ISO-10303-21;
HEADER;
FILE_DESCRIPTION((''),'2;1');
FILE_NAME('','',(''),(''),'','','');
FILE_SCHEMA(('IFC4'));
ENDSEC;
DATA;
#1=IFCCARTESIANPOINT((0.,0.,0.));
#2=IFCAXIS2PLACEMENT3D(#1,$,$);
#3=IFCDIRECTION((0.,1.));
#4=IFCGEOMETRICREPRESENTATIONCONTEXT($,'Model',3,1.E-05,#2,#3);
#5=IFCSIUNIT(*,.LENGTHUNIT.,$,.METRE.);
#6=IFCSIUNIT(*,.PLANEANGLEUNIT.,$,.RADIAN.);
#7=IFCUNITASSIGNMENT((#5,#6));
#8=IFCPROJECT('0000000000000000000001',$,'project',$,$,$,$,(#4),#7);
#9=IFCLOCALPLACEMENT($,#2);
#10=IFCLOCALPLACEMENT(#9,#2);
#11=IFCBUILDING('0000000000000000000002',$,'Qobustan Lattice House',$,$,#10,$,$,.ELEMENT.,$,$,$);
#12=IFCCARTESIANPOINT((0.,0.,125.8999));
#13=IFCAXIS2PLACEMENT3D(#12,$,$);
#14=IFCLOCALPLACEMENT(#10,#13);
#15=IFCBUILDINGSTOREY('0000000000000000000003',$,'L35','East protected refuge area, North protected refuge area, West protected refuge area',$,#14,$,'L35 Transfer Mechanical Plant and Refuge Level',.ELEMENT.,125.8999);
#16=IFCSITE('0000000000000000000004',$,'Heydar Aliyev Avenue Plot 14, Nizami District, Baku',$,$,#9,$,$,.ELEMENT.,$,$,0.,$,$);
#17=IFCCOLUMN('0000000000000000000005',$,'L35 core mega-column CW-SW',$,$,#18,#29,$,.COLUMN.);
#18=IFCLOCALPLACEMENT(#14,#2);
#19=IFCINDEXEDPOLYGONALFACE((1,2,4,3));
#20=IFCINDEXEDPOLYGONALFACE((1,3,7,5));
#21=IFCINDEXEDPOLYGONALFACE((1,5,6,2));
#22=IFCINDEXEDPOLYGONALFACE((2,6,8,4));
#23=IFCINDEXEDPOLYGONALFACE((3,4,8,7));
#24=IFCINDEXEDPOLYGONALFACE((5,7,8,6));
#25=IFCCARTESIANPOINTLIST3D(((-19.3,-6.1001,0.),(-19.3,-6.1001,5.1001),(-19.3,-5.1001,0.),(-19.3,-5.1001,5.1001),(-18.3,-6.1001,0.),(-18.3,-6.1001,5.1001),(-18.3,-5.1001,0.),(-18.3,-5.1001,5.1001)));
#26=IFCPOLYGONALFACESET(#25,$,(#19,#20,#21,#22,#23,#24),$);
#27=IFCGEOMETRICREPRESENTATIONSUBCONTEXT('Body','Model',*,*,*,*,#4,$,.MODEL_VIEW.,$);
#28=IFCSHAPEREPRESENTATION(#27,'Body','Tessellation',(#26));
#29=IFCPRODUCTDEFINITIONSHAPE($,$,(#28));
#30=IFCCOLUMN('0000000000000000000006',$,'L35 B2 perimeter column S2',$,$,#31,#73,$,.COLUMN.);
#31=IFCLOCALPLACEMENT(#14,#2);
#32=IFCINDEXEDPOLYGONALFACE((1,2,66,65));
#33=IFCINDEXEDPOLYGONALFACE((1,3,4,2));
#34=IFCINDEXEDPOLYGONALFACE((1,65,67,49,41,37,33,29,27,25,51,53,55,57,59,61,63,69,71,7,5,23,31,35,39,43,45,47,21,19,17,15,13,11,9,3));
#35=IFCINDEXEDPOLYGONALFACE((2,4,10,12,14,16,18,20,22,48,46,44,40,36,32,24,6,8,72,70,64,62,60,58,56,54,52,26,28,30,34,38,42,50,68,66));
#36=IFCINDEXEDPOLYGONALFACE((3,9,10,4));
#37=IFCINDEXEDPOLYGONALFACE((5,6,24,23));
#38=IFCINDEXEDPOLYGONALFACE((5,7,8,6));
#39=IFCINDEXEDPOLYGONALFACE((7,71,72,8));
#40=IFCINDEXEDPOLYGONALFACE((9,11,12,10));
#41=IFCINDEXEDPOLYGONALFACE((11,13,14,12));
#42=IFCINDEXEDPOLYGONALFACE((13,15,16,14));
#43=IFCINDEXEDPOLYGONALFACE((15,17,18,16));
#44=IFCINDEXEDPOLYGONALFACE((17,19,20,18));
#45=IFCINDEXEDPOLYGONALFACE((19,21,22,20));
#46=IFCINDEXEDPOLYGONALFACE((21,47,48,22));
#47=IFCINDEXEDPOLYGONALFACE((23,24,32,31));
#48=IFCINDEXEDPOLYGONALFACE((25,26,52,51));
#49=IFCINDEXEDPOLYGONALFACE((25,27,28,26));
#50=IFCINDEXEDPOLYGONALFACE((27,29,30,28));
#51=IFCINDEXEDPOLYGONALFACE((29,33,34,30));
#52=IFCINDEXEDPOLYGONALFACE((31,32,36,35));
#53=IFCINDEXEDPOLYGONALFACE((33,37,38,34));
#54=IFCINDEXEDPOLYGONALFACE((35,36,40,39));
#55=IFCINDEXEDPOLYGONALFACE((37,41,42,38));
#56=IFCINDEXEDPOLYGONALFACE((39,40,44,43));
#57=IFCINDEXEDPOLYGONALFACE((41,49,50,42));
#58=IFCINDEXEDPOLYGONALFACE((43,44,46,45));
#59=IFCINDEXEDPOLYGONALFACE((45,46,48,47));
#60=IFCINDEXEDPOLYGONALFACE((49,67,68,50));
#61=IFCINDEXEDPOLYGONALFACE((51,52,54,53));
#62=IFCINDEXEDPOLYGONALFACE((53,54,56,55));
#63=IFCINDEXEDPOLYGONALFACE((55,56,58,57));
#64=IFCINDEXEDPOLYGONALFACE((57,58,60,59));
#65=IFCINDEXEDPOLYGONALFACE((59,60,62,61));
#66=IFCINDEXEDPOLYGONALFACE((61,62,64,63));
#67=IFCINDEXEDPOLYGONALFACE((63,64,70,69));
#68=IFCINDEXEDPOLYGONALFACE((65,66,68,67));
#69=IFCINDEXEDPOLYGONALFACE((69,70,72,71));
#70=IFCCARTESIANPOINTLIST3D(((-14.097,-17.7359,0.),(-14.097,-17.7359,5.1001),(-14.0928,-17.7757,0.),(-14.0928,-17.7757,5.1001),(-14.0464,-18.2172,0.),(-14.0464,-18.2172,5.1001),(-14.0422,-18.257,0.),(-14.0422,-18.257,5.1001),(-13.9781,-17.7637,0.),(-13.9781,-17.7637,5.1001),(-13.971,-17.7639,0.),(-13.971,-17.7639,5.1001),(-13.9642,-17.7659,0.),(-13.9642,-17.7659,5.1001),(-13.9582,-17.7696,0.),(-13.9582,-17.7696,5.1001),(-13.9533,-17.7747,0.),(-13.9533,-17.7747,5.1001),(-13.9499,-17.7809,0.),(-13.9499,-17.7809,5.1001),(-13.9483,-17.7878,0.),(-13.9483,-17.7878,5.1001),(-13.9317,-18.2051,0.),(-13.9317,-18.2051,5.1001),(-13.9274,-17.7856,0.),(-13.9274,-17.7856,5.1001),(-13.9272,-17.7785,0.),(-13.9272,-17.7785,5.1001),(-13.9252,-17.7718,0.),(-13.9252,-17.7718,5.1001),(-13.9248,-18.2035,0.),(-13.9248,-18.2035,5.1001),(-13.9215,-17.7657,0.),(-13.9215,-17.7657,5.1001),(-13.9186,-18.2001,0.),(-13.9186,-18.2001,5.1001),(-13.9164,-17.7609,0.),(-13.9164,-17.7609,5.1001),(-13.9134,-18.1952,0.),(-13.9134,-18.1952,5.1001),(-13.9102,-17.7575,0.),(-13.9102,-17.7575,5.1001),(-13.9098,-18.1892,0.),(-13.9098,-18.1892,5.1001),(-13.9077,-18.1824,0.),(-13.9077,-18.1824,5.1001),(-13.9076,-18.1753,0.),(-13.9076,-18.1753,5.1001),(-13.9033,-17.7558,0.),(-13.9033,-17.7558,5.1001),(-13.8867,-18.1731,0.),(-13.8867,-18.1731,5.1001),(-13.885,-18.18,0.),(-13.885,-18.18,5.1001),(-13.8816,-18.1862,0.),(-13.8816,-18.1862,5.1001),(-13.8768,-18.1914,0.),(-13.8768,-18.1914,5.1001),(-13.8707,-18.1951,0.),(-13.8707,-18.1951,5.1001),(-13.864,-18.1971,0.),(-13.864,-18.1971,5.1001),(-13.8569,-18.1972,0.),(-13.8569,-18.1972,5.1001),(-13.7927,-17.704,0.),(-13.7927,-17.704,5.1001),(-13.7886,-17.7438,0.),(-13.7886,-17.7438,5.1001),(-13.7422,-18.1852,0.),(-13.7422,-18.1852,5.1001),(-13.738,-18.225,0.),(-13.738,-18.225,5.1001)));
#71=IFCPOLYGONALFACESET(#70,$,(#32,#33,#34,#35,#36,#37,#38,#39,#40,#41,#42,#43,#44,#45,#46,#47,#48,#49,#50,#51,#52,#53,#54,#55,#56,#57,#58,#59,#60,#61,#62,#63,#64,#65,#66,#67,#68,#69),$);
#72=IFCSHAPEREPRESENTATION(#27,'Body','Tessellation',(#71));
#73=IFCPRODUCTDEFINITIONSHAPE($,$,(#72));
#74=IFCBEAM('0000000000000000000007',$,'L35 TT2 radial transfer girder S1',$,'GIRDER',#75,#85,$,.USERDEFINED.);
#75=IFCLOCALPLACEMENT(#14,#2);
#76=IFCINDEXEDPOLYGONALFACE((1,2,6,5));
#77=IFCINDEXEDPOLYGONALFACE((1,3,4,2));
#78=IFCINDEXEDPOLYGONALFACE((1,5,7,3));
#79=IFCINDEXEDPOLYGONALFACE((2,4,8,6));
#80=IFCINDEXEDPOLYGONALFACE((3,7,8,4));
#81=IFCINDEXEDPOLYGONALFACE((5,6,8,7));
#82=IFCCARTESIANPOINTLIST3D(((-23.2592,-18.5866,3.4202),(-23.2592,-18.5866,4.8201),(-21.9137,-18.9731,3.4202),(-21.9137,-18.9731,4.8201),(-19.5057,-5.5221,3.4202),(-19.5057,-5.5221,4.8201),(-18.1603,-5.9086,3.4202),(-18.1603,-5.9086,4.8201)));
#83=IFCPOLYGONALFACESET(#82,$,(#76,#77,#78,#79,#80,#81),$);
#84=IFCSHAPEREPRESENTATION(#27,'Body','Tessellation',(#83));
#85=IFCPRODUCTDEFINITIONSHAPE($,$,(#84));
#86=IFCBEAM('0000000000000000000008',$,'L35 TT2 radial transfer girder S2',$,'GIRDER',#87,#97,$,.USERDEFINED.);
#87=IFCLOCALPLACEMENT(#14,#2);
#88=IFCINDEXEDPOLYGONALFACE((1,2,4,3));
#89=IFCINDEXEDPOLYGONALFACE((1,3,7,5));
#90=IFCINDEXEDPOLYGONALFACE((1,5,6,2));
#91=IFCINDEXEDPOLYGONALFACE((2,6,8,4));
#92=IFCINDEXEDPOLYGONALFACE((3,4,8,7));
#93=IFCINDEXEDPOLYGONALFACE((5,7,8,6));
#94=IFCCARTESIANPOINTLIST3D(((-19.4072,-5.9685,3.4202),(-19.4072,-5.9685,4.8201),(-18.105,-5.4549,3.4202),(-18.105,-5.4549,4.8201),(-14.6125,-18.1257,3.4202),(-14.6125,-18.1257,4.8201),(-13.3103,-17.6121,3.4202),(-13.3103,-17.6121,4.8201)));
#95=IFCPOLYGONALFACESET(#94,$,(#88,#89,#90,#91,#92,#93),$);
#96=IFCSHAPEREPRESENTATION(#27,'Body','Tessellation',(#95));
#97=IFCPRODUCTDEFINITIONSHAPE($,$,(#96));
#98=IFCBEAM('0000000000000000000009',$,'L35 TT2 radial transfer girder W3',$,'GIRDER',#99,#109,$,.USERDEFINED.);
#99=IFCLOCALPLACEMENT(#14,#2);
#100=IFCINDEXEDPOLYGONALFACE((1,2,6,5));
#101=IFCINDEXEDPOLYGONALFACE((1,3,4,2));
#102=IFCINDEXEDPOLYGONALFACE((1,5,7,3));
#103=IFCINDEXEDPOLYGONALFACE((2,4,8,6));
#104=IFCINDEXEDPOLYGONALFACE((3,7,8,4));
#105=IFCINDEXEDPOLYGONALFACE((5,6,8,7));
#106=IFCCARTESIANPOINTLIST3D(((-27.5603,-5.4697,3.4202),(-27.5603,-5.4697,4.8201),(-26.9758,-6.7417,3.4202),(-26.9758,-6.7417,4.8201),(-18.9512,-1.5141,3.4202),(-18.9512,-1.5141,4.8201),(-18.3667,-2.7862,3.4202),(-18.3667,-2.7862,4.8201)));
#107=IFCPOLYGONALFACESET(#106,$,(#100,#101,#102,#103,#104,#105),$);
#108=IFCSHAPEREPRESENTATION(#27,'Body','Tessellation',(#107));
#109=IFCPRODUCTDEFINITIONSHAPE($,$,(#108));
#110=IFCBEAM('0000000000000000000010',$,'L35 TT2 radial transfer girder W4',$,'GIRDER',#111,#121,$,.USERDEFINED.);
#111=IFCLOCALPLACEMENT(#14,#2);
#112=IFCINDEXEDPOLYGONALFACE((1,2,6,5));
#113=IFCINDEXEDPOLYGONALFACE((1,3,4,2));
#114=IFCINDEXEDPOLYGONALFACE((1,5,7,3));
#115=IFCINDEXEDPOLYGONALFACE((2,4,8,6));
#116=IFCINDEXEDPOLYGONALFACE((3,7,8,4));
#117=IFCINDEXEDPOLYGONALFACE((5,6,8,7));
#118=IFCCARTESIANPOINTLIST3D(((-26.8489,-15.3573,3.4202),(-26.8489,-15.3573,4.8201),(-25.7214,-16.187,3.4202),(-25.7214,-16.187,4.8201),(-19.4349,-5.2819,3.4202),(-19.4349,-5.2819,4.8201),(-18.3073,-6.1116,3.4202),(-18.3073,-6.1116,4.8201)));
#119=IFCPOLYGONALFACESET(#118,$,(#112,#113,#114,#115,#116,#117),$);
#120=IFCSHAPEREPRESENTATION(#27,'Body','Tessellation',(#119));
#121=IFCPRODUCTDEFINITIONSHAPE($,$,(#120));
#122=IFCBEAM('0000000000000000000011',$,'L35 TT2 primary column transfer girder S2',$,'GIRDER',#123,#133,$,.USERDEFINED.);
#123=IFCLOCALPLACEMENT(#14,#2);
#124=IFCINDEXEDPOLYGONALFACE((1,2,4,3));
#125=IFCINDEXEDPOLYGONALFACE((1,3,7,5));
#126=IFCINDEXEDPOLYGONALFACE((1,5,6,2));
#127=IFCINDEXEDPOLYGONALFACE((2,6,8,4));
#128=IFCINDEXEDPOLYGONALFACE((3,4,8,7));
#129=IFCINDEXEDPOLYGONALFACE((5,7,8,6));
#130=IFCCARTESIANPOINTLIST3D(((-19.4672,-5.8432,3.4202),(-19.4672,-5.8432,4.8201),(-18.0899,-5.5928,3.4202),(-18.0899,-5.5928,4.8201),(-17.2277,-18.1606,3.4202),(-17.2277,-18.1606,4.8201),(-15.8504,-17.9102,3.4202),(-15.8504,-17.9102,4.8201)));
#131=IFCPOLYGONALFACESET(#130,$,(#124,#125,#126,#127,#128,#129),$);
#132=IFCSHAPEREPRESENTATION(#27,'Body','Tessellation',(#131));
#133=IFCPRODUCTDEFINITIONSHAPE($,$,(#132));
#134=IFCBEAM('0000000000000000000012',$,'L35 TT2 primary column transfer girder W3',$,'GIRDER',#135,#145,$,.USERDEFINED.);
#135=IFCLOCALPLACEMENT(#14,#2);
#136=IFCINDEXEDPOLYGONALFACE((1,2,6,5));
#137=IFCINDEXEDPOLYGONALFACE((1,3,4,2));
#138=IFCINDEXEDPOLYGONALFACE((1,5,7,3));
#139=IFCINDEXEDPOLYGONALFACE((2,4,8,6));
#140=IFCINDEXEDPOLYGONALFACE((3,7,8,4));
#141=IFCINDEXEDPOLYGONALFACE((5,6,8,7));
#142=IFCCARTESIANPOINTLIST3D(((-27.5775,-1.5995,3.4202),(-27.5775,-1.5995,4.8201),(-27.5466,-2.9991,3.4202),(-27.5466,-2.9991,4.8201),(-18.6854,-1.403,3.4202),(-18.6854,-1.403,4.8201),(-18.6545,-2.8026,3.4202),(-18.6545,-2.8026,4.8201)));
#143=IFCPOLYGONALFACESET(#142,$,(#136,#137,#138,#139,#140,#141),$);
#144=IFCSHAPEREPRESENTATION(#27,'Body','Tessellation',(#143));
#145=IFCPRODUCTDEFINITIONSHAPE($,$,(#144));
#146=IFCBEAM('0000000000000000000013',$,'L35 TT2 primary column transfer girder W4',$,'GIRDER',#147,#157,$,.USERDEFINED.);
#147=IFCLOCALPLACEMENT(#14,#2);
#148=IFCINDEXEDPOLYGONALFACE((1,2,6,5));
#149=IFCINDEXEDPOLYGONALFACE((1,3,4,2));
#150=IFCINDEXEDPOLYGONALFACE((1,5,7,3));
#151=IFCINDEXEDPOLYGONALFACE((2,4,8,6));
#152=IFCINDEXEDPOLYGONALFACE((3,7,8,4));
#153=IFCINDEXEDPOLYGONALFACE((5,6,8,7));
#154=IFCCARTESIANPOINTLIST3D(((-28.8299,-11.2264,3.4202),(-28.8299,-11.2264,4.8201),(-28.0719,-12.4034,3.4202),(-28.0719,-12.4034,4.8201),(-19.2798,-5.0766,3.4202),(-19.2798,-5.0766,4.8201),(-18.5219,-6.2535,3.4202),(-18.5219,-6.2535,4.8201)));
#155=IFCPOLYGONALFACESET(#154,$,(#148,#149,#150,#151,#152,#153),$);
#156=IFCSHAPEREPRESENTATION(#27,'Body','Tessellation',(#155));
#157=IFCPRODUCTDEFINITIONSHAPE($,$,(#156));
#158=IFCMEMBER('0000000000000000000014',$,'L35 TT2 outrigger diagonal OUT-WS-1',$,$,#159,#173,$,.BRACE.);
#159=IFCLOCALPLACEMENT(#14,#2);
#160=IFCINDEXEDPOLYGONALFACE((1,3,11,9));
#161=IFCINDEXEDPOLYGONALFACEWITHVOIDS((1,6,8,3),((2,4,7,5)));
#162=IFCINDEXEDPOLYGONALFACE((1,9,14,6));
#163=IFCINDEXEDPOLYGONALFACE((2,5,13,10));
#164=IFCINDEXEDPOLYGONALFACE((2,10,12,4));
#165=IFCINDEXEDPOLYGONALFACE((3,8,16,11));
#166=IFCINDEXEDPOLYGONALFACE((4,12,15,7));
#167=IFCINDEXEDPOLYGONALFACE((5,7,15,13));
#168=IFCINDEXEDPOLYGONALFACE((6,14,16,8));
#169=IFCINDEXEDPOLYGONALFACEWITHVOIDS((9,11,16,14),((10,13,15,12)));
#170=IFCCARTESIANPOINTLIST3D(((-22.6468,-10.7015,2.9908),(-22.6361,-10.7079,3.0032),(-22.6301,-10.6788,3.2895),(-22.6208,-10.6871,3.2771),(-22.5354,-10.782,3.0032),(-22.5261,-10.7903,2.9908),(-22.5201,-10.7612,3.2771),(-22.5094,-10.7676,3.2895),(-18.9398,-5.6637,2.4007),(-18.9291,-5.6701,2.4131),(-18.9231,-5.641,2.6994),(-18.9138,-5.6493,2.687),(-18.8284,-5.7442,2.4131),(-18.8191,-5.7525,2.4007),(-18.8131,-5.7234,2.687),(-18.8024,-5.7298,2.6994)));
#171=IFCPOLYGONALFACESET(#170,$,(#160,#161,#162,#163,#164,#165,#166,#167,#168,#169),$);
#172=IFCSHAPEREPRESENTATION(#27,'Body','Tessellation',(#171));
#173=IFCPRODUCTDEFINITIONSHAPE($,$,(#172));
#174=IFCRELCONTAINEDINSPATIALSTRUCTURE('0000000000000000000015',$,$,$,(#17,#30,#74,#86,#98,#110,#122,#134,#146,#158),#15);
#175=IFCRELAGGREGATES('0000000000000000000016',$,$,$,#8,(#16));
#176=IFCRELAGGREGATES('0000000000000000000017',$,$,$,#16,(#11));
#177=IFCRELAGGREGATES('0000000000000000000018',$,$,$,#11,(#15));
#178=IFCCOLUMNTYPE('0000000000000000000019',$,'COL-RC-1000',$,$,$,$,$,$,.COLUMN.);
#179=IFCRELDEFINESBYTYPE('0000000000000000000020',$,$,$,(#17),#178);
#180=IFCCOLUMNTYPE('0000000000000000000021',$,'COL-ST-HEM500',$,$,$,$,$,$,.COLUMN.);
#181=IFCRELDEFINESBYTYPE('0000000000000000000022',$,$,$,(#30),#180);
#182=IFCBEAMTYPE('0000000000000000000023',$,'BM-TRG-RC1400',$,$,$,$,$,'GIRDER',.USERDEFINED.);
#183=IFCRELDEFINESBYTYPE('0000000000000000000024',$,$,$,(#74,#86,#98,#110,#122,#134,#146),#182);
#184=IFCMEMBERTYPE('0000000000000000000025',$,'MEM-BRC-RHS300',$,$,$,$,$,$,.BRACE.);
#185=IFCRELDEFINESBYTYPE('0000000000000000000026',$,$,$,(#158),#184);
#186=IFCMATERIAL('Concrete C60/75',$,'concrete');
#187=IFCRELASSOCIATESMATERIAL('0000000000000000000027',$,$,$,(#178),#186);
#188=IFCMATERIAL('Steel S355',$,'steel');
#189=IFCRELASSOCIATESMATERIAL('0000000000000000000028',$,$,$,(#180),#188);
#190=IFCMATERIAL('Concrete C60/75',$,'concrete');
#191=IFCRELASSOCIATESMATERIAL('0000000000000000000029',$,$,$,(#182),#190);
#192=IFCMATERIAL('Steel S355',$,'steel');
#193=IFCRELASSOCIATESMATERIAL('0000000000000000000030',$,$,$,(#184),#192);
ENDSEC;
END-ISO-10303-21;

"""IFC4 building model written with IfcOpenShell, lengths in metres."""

from ifc_helpers import new_model, si_unit, direction, frame, origin, origin_2d, place, context, subcontext, project, spatial, rectangle, hollow_rectangle, i_section, extrude, material, material_profile, profile_set, type_object, element, save


model = new_model("IFC4")

# Units and contexts
model_context = context("Model", 3, precision=1e-05, world=origin(), true_north=direction((0.0, 1.0)))
body_context = subcontext(model_context, "Body", "Model", "MODEL_VIEW")
ifc_project = project(units=[si_unit("LENGTHUNIT", "METRE"), si_unit("PLANEANGLEUNIT", "RADIAN")], contexts=[model_context])

# Site, building, storey
site_placement = place(None, origin())
site = spatial("IfcSite", under=ifc_project, at=site_placement, Name="Heydar Aliyev Avenue Plot 14, Nizami District, Baku", CompositionType="ELEMENT", RefElevation=0.0)
building_placement = place(site_placement, origin())
building = spatial("IfcBuilding", under=site, at=building_placement, Name="Qobustan Lattice House", CompositionType="ELEMENT")
storey_placement = place(building_placement, frame((0.0, 0.0, 125.8999)))
storey = spatial("IfcBuildingStorey", under=building, at=storey_placement, Name="L35", Description="East protected refuge area, North protected refuge area, West protected refuge area", LongName="L35 Transfer Mechanical Plant and Refuge Level", CompositionType="ELEMENT", Elevation=125.8999)

# Columns
ifc_material_1 = material(Name="Concrete C60/75", Category="concrete")
ifc_material_profile_1 = material_profile(ifc_material_1, rectangle(XDim=1.0, YDim=1.0, at=origin_2d()), Name="RC1000x1000")
ifc_profile_set_1 = profile_set([ifc_material_profile_1], Name="Concrete C60/75")
column_type_1 = type_object("IfcColumnType", Name="COL-RC-1000", PredefinedType="COLUMN", material=ifc_profile_set_1)
column_1_placement = place(storey_placement, frame((-18.8, -5.6001, 0.0), z_axis=(0.0, 0.0, 1.0), x_axis=(1.0, 0.0, 0.0)))
element("IfcColumn", 1, at=column_1_placement, inside=storey, type_object=column_type_1, Name="L35 core mega-column CW-SW", PredefinedType="COLUMN", context=body_context, shape_type="SweptSolid", body=[
    extrude(rectangle(XDim=1.0, YDim=1.0, at=origin_2d()), origin(), (0.0, 0.0, 1.0), 5.1001),
])
ifc_material_2 = material(Name="Steel S355", Category="steel")
ifc_material_profile_2 = material_profile(ifc_material_2, i_section(OverallWidth=0.3059, OverallDepth=0.5239, WebThickness=0.021, FlangeThickness=0.04, FilletRadius=0.0271, at=origin_2d()), Name="HEM500")
ifc_profile_set_2 = profile_set([ifc_material_profile_2], Name="Steel S355")
column_type_2 = type_object("IfcColumnType", Name="COL-ST-HEM500", PredefinedType="COLUMN", material=ifc_profile_set_2)
column_2_placement = place(storey_placement, frame((-13.9175, -17.9805, 0.0), z_axis=(0.0, 0.0, 1.0), x_axis=(0.994522, 0.104528, 0.0)))
element("IfcColumn", 2, at=column_2_placement, inside=storey, type_object=column_type_2, Name="L35 B2 perimeter column S2", PredefinedType="COLUMN", context=body_context, shape_type="SweptSolid", body=[
    extrude(i_section(OverallWidth=0.3059, OverallDepth=0.5239, WebThickness=0.021, FlangeThickness=0.04, FilletRadius=0.0271, at=origin_2d()), origin(), (0.0, 0.0, 1.0), 5.1001),
])

# Beams
ifc_material_3 = material(Name="Concrete C60/75", Category="concrete")
ifc_material_profile_3 = material_profile(ifc_material_3, rectangle(XDim=1.3999, YDim=1.3999, at=origin_2d()), Name="RC1400x1400")
ifc_profile_set_3 = profile_set([ifc_material_profile_3], Name="Concrete C60/75")
beam_type = type_object("IfcBeamType", Name="BM-TRG-RC1400", ElementType="GIRDER", PredefinedType="USERDEFINED", material=ifc_profile_set_3)
beam_1_placement = place(storey_placement, frame((-18.833, -5.7153, 4.1201), z_axis=(-0.27613, -0.96112, 0.0), x_axis=(0.96112, -0.27613, 0.0)))
element("IfcBeam", 3, at=beam_1_placement, inside=storey, type_object=beam_type, Name="L35 TT2 radial transfer girder S1", ObjectType="GIRDER", PredefinedType="USERDEFINED", context=body_context, shape_type="SweptSolid", body=[
    extrude(rectangle(XDim=1.3999, YDim=1.3999, at=origin_2d()), origin(), (0.0, 0.0, 1.0), 13.593),
])
beam_2_placement = place(storey_placement, frame((-18.7561, -5.7117, 4.1201), z_axis=(0.366887, -0.930266, 0.0), x_axis=(0.930266, 0.366887, 0.0)))
element("IfcBeam", 4, at=beam_2_placement, inside=storey, type_object=beam_type, Name="L35 TT2 radial transfer girder S2", ObjectType="GIRDER", PredefinedType="USERDEFINED", context=body_context, shape_type="SweptSolid", body=[
    extrude(rectangle(XDim=1.3999, YDim=1.3999, at=origin_2d()), origin(), (0.0, 0.0, 1.0), 13.0686),
])
beam_3_placement = place(storey_placement, frame((-18.6589, -2.1501, 4.1201), z_axis=(-0.908676, -0.417502, 0.0), x_axis=(0.417502, -0.908676, 0.0)))
element("IfcBeam", 5, at=beam_3_placement, inside=storey, type_object=beam_type, Name="L35 TT2 radial transfer girder W3", ObjectType="GIRDER", PredefinedType="USERDEFINED", context=body_context, shape_type="SweptSolid", body=[
    extrude(rectangle(XDim=1.3999, YDim=1.3999, at=origin_2d()), origin(), (0.0, 0.0, 1.0), 9.4744),
])
beam_4_placement = place(storey_placement, frame((-18.8711, -5.6968, 4.1201), z_axis=(-0.592684, -0.805435, 0.0), x_axis=(0.805435, -0.592684, 0.0)))
element("IfcBeam", 6, at=beam_4_placement, inside=storey, type_object=beam_type, Name="L35 TT2 radial transfer girder W4", ObjectType="GIRDER", PredefinedType="USERDEFINED", context=body_context, shape_type="SweptSolid", body=[
    extrude(rectangle(XDim=1.3999, YDim=1.3999, at=origin_2d()), origin(), (0.0, 0.0, 1.0), 12.5093),
])
beam_5_placement = place(storey_placement, frame((-18.7786, -5.718, 4.1201), z_axis=(0.178884, -0.98387, 0.0), x_axis=(0.98387, 0.178884, 0.0)))
element("IfcBeam", 7, at=beam_5_placement, inside=storey, type_object=beam_type, Name="L35 TT2 primary column transfer girder S2", ObjectType="GIRDER", PredefinedType="USERDEFINED", context=body_context, shape_type="SweptSolid", body=[
    extrude(rectangle(XDim=1.3999, YDim=1.3999, at=origin_2d()), origin(), (0.0, 0.0, 1.0), 12.5193),
])
beam_6_placement = place(storey_placement, frame((-18.6699, -2.1028, 4.1201), z_axis=(-0.999756, -0.022097, 0.0), x_axis=(0.022097, -0.999756, 0.0)))
element("IfcBeam", 8, at=beam_6_placement, inside=storey, type_object=beam_type, Name="L35 TT2 primary column transfer girder W3", ObjectType="GIRDER", PredefinedType="USERDEFINED", context=body_context, shape_type="SweptSolid", body=[
    extrude(rectangle(XDim=1.3999, YDim=1.3999, at=origin_2d()), origin(), (0.0, 0.0, 1.0), 8.8943),
])
beam_7_placement = place(storey_placement, frame((-18.9009, -5.665, 4.1201), z_axis=(-0.840754, -0.541417, 0.0), x_axis=(0.541417, -0.840754, 0.0)))
element("IfcBeam", 9, at=beam_7_placement, inside=storey, type_object=beam_type, Name="L35 TT2 primary column transfer girder W4", ObjectType="GIRDER", PredefinedType="USERDEFINED", context=body_context, shape_type="SweptSolid", body=[
    extrude(rectangle(XDim=1.3999, YDim=1.3999, at=origin_2d()), origin(), (0.0, 0.0, 1.0), 11.3589),
])

# Member
ifc_material_4 = material(Name="Steel S355", Category="steel")
ifc_material_profile_4 = material_profile(ifc_material_4, hollow_rectangle(XDim=0.1499, YDim=0.3, WallThickness=0.0125, at=origin_2d()), Name="RHS300x150x12.5")
ifc_profile_set_4 = profile_set([ifc_material_profile_4], Name="Steel S355")
member_type_1 = type_object("IfcMemberType", Name="MEM-BRC-RHS300", PredefinedType="BRACE", material=ifc_profile_set_4)
member_1_placement = place(storey_placement, frame((-18.8711, -5.6968, 2.55), z_axis=(-0.590054, -0.801882, 0.093925), x_axis=(0.805442, -0.592674, 0.0)))
element("IfcMember", 10, at=member_1_placement, inside=storey, type_object=member_type_1, Name="L35 TT2 outrigger diagonal OUT-WS-1", PredefinedType="BRACE", context=body_context, shape_type="SweptSolid", body=[
    extrude(hollow_rectangle(XDim=0.1499, YDim=0.3, WallThickness=0.0125, at=origin_2d()), origin(), (0.0, 0.0, 1.0), 6.2825),
])

save(model, "model.ifc")
